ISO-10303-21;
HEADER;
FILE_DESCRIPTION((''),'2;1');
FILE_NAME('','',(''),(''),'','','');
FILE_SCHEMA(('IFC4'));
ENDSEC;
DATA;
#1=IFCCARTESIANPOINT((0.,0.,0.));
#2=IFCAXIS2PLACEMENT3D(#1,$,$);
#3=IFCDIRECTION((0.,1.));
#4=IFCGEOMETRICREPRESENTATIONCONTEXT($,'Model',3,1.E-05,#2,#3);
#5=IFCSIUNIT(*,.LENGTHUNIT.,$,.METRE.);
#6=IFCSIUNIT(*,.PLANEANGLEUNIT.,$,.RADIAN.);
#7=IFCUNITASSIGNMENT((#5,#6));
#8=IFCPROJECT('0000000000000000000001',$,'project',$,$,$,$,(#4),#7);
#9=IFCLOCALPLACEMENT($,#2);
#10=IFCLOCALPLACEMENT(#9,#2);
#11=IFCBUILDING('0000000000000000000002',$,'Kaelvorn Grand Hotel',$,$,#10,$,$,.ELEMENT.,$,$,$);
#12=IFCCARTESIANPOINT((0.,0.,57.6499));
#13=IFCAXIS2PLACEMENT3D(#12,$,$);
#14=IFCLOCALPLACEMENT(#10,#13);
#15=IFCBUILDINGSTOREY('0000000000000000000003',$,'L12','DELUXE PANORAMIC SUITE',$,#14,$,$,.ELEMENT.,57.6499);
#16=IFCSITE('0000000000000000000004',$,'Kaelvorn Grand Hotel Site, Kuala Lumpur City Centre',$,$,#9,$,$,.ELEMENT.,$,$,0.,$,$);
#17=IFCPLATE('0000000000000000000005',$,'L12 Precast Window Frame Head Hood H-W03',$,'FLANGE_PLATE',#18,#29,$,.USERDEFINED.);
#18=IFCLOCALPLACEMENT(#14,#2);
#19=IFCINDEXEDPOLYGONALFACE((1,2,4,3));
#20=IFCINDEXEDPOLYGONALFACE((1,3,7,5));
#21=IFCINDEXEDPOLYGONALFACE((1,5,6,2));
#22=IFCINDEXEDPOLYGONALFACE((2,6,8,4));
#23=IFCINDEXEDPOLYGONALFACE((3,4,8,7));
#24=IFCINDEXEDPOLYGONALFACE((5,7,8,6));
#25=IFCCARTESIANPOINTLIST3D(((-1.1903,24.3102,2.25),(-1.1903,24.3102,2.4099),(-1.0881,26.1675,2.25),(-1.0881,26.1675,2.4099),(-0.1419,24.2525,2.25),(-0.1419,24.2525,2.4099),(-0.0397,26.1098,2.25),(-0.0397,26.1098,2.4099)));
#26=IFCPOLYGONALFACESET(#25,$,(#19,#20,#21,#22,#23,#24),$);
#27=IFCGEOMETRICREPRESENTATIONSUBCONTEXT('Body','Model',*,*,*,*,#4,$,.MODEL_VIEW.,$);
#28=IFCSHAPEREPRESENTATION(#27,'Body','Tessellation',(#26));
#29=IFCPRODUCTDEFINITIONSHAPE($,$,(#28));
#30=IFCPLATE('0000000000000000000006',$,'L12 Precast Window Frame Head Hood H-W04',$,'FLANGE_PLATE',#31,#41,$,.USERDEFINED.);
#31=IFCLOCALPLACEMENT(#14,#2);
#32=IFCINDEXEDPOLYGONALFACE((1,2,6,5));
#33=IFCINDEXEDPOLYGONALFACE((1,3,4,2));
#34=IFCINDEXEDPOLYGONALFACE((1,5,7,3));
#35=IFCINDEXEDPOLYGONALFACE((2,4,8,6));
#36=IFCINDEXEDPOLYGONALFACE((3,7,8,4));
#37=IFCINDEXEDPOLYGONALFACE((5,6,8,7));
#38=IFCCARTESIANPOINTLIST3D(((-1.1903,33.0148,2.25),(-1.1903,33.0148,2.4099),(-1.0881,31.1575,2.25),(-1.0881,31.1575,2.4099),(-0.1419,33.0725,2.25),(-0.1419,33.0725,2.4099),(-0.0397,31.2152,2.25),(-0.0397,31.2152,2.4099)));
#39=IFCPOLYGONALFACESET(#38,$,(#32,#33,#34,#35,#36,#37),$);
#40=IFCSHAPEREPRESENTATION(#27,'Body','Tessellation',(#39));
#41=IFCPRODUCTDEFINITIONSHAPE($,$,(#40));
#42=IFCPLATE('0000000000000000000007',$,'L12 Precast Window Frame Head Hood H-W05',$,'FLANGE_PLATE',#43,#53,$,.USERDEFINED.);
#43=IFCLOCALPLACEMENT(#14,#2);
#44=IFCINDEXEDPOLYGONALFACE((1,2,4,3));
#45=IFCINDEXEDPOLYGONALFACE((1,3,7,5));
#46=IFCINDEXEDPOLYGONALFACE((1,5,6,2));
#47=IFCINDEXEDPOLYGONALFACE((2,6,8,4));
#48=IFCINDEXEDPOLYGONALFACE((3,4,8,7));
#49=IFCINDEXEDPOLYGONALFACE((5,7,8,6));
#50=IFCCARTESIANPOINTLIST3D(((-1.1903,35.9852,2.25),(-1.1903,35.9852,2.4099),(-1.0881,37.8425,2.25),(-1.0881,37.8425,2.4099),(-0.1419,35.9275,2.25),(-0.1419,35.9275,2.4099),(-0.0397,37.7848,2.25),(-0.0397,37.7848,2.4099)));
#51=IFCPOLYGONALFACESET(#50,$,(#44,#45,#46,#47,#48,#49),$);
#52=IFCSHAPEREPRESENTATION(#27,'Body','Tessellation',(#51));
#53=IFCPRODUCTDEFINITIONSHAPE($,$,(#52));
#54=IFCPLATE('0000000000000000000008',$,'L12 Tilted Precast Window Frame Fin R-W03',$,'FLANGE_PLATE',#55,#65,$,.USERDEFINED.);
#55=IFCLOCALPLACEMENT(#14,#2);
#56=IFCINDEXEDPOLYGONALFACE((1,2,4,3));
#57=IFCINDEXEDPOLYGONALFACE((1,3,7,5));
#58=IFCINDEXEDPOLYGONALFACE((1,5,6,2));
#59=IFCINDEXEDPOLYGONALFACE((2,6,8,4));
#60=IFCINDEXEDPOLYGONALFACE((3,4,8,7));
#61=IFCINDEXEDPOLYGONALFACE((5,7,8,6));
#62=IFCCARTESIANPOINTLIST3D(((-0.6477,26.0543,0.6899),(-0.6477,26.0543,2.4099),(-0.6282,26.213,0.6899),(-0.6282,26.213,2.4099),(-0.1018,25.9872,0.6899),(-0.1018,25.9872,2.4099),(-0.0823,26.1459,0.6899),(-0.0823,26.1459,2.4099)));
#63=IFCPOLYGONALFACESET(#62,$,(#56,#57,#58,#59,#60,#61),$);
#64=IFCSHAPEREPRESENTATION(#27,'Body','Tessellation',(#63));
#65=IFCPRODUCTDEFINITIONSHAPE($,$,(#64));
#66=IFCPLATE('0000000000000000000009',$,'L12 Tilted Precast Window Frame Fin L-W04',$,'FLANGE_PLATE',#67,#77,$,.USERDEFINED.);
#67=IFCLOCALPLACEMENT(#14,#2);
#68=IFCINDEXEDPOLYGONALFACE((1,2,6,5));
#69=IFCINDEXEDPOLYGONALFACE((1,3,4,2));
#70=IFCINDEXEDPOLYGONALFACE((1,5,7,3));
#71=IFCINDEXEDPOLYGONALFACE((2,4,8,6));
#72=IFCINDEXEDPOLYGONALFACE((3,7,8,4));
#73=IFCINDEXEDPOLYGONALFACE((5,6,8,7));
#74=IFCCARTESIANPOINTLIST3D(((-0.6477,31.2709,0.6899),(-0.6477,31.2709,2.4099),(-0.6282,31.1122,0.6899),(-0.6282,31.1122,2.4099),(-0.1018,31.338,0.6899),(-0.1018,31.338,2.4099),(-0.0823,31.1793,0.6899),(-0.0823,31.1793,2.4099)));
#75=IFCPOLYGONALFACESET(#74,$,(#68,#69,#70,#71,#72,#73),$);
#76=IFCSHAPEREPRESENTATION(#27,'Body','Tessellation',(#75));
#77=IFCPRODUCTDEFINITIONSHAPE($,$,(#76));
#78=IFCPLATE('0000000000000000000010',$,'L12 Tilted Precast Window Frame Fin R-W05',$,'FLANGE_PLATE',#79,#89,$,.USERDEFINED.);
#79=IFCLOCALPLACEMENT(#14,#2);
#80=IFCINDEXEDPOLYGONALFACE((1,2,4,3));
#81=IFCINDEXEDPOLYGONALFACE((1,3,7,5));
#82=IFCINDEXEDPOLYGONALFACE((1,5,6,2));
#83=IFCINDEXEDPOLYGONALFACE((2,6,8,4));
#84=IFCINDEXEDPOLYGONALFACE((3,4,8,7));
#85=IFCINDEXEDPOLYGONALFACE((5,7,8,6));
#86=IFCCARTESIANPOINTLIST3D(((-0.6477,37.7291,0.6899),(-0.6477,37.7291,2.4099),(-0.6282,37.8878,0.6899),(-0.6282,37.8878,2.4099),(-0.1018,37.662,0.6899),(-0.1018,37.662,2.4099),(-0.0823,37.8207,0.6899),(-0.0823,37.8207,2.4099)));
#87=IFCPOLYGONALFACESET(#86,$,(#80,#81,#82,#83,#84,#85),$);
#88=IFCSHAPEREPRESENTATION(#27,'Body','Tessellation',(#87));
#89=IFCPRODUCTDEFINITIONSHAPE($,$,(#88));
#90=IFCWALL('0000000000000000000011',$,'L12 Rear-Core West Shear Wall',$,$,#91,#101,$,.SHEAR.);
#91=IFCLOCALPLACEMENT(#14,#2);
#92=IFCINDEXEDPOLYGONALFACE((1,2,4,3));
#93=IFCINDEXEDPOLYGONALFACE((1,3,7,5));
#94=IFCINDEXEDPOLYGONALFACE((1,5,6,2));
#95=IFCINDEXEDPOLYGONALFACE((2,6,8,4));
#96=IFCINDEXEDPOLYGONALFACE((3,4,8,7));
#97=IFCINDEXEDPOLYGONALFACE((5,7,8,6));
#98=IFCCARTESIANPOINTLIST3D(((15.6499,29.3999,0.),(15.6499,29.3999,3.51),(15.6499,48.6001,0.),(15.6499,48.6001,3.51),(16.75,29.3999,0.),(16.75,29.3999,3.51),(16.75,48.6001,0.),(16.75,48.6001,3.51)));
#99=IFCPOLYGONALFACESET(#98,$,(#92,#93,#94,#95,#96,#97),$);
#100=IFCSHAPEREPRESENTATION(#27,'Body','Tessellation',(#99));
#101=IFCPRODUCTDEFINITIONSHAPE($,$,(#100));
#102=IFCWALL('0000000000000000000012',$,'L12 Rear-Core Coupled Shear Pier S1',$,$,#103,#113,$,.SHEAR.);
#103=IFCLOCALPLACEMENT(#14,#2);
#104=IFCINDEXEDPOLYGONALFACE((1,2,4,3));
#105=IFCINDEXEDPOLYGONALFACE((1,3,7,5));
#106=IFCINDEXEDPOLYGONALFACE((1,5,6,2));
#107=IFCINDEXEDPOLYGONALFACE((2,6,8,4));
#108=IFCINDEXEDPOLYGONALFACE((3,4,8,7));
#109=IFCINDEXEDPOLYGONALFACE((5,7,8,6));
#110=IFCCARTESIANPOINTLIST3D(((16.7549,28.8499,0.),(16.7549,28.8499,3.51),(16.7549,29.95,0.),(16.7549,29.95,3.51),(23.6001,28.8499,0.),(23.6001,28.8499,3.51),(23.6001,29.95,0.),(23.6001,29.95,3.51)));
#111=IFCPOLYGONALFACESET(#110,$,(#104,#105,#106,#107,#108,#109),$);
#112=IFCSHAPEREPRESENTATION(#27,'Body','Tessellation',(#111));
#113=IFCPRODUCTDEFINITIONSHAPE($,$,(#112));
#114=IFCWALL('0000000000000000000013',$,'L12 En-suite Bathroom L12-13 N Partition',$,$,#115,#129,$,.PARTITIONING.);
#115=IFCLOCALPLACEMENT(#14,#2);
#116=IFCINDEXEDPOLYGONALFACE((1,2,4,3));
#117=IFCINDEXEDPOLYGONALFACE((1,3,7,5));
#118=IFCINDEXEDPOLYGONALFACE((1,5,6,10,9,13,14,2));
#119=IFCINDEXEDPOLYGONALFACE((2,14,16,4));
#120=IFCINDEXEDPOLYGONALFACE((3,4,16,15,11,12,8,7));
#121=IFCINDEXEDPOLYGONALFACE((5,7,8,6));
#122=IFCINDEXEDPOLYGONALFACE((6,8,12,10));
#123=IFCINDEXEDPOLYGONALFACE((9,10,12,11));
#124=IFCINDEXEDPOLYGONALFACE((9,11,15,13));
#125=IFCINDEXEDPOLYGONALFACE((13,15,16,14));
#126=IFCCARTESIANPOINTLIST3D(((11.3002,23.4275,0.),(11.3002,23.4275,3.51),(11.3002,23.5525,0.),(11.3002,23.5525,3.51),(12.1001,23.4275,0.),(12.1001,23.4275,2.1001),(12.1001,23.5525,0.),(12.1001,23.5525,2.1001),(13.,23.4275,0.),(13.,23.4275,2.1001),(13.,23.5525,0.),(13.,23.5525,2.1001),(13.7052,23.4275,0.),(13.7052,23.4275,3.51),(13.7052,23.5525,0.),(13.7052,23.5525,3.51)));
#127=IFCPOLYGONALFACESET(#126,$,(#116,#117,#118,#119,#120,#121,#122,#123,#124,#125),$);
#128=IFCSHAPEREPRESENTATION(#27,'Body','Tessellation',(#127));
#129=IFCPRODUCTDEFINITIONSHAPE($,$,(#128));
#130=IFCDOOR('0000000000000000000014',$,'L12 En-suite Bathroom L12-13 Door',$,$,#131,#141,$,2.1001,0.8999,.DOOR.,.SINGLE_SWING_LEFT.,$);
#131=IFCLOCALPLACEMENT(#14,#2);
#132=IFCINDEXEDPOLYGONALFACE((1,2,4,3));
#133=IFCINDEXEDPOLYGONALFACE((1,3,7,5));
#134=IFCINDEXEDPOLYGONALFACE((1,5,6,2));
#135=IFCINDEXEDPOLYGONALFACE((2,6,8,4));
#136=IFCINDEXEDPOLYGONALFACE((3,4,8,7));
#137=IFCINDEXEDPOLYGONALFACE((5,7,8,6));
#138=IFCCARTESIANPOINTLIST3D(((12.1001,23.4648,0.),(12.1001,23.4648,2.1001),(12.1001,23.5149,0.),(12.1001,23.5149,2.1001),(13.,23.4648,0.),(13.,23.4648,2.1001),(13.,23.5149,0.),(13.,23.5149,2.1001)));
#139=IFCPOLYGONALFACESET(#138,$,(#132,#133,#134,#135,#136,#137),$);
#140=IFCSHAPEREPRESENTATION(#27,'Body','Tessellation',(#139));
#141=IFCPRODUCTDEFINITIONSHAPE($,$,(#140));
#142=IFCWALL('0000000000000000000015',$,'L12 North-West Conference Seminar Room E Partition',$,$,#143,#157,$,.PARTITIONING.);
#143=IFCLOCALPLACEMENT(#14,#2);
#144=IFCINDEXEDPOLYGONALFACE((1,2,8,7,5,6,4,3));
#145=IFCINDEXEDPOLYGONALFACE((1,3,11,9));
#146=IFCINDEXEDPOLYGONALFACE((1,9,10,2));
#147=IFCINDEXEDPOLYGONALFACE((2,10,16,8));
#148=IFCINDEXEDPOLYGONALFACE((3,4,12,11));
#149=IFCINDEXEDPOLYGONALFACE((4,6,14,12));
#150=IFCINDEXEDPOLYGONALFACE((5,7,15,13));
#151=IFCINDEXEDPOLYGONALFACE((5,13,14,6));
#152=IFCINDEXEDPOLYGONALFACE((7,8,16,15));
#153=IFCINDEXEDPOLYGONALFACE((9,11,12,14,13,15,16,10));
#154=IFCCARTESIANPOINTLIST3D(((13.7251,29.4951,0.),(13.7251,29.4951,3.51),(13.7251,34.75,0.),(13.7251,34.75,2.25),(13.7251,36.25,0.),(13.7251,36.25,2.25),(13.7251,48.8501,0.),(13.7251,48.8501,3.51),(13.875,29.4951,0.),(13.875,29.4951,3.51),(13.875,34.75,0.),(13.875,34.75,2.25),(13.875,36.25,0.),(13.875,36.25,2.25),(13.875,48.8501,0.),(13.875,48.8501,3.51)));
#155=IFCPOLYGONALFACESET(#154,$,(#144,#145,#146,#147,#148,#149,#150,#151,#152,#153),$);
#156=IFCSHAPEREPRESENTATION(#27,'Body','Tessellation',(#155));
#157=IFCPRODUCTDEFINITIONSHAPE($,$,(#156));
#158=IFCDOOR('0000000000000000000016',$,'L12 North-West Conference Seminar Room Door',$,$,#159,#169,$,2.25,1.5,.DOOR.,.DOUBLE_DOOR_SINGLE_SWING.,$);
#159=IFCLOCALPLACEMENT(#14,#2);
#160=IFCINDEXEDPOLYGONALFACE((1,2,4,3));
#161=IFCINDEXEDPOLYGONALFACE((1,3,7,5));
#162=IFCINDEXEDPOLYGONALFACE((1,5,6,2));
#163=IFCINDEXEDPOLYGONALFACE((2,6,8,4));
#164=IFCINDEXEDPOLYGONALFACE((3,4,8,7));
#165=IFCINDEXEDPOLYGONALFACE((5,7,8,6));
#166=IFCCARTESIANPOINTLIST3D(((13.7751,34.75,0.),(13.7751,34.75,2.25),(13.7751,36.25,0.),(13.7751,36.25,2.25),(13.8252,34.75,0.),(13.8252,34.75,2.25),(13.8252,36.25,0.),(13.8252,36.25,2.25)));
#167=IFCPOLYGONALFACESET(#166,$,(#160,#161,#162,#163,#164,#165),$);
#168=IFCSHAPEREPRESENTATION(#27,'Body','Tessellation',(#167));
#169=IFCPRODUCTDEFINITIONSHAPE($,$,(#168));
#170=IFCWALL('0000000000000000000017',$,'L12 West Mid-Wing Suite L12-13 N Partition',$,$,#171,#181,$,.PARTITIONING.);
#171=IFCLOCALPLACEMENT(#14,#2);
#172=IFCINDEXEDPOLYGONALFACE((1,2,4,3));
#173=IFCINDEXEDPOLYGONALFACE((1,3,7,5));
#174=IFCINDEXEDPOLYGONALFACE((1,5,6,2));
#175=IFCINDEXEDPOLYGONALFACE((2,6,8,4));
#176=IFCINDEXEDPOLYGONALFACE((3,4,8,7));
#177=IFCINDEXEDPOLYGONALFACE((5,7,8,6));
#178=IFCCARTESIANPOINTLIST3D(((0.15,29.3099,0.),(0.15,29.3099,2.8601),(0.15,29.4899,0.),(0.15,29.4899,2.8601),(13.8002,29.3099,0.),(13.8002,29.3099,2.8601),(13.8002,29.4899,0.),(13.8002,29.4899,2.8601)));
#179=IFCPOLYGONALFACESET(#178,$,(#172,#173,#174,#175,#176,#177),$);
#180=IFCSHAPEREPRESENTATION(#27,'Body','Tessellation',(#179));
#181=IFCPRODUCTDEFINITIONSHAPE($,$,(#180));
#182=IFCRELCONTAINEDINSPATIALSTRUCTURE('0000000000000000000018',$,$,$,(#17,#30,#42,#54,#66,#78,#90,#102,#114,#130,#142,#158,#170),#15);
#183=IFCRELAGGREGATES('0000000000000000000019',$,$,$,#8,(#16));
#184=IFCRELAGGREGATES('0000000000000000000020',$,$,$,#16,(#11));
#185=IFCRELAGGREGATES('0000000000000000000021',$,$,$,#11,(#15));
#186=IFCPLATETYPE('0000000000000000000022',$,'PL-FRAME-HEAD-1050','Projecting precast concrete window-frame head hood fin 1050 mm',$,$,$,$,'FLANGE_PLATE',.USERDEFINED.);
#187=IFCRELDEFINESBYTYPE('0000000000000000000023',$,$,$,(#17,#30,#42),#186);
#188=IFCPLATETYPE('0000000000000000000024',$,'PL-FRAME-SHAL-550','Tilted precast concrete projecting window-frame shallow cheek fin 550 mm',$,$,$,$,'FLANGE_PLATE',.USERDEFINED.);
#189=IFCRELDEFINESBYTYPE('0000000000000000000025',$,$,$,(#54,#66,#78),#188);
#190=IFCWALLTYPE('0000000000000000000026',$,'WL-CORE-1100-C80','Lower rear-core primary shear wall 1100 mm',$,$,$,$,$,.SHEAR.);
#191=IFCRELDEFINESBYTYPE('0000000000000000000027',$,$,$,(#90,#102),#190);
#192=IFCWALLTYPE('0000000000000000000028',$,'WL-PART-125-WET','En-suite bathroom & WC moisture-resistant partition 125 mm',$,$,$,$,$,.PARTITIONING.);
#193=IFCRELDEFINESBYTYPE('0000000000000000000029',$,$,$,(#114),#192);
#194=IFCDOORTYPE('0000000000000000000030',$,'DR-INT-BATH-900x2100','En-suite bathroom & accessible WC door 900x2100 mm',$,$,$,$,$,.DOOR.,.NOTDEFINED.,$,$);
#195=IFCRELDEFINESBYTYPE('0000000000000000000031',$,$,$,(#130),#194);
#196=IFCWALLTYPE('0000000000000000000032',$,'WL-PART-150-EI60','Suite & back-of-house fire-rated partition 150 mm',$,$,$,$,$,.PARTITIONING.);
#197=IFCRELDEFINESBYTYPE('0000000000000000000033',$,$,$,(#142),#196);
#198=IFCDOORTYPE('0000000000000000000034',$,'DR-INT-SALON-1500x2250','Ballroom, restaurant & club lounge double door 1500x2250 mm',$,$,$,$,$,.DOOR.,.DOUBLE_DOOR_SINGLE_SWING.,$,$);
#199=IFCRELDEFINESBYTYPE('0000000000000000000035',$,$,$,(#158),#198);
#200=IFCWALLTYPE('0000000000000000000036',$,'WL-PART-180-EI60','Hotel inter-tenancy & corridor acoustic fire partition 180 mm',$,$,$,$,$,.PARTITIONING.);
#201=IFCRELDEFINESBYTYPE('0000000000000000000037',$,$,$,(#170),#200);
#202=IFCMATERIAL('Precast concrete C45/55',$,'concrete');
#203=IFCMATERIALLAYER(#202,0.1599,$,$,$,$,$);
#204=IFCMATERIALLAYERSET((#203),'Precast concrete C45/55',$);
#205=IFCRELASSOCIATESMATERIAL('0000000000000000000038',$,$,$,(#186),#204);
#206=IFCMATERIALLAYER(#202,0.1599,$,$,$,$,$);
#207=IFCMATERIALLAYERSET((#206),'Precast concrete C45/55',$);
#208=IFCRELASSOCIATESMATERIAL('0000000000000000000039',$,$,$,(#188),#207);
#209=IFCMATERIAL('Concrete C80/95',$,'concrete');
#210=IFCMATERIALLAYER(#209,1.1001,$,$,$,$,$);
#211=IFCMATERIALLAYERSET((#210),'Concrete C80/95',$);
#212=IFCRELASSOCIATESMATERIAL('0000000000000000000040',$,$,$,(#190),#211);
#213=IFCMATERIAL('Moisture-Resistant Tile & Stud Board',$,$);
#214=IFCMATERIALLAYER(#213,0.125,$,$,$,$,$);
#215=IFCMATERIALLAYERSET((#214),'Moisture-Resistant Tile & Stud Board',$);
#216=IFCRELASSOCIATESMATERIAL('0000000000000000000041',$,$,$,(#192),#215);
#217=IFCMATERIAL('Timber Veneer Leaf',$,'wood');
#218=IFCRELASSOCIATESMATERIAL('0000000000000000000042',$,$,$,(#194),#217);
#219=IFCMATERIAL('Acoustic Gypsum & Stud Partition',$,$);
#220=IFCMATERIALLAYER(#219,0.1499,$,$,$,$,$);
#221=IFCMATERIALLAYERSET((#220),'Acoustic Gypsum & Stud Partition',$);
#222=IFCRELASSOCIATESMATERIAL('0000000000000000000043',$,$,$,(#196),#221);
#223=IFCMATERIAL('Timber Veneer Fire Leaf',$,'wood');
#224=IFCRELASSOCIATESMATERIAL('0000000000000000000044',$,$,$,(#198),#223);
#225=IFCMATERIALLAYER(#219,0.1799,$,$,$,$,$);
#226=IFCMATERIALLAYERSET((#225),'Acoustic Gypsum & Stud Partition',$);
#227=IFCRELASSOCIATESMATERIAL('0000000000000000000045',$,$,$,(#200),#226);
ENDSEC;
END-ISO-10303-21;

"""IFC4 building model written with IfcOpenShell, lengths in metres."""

from ifc_helpers import new_model, si_unit, direction, frame, frame_2d, origin, origin_2d, place, context, subcontext, project, spatial, rectangle, extrude, material, layer, layer_set, type_object, element, fill, save


model = new_model("IFC4")

# Units and contexts
model_context = context("Model", 3, precision=1e-05, world=origin(), true_north=direction((0.0, 1.0)))
body_context = subcontext(model_context, "Body", "Model", "MODEL_VIEW")
ifc_project = project(units=[si_unit("LENGTHUNIT", "METRE"), si_unit("PLANEANGLEUNIT", "RADIAN")], contexts=[model_context])

# Site, building, storey
site_placement = place(None, origin())
site = spatial("IfcSite", under=ifc_project, at=site_placement, Name="Kaelvorn Grand Hotel Site, Kuala Lumpur City Centre", CompositionType="ELEMENT", RefElevation=0.0)
building_placement = place(site_placement, origin())
building = spatial("IfcBuilding", under=site, at=building_placement, Name="Kaelvorn Grand Hotel", CompositionType="ELEMENT")
storey_placement = place(building_placement, frame((0.0, 0.0, 57.6499)))
storey = spatial("IfcBuildingStorey", under=building, at=storey_placement, Name="L12", Description="DELUXE PANORAMIC SUITE", CompositionType="ELEMENT", Elevation=57.6499)

# Shared definitions
ifc_material_1 = material(Name="Concrete C80/95", Category="concrete")

# Plates
ifc_material_2 = material(Name="Precast concrete C45/55", Category="concrete")
ifc_layer_1 = layer(ifc_material_2, 0.1599)
ifc_layer_set_1 = layer_set([ifc_layer_1], Name="Precast concrete C45/55")
plate_type_1 = type_object("IfcPlateType", Name="PL-FRAME-HEAD-1050", Description="Projecting precast concrete window-frame head hood fin 1050 mm", ElementType="FLANGE_PLATE", PredefinedType="USERDEFINED", material=ifc_layer_set_1)
for number, where, z_axis, x_axis, name in (
    (1, (-0.615, 25.21, 2.25), (0.0, 0.0, 1.0), (0.05495, 0.998489, 0.0), "L12 Precast Window Frame Head Hood H-W03"),
    (2, (-0.615, 32.115, 2.25), (0.0, 0.0, 1.0), (-0.05495, 0.998489, 0.0), "L12 Precast Window Frame Head Hood H-W04"),
    (3, (-0.615, 36.885, 2.25), (0.0, 0.0, 1.0), (0.05495, 0.998489, 0.0), "L12 Precast Window Frame Head Hood H-W05"),
):
    element("IfcPlate", number, at=place(storey_placement, frame(where, z_axis=z_axis, x_axis=x_axis)), inside=storey, type_object=plate_type_1, Name=name, ObjectType="FLANGE_PLATE", PredefinedType="USERDEFINED", context=body_context, shape_type="SweptSolid", body=[
        extrude(rectangle(XDim=1.8601, YDim=1.05, at=origin_2d()), origin(), (0.0, 0.0, 1.0), 0.1599),
    ])
ifc_layer_2 = layer(ifc_material_2, 0.1599)
ifc_layer_set_2 = layer_set([ifc_layer_2], Name="Precast concrete C45/55")
plate_type_2 = type_object("IfcPlateType", Name="PL-FRAME-SHAL-550", Description="Tilted precast concrete projecting window-frame shallow cheek fin 550 mm", ElementType="FLANGE_PLATE", PredefinedType="USERDEFINED", material=ifc_layer_set_2)
for number, where, z_axis, x_axis, name in (
    (4, (-0.365, 26.1001, 0.6899), (0.0, 0.0, 1.0), (0.121869, 0.992546, 0.0), "L12 Tilted Precast Window Frame Fin R-W03"),
    (5, (-0.365, 31.2251, 0.6899), (0.0, 0.0, 1.0), (-0.121869, 0.992546, 0.0), "L12 Tilted Precast Window Frame Fin L-W04"),
    (6, (-0.365, 37.7749, 0.6899), (0.0, 0.0, 1.0), (0.121869, 0.992546, 0.0), "L12 Tilted Precast Window Frame Fin R-W05"),
):
    element("IfcPlate", number, at=place(storey_placement, frame(where, z_axis=z_axis, x_axis=x_axis)), inside=storey, type_object=plate_type_2, Name=name, ObjectType="FLANGE_PLATE", PredefinedType="USERDEFINED", context=body_context, shape_type="SweptSolid", body=[
        extrude(rectangle(XDim=0.1599, YDim=0.55, at=origin_2d()), origin(), (0.0, 0.0, 1.0), 1.72),
    ])

# Walls
ifc_layer_3 = layer(ifc_material_1, 1.1001)
ifc_layer_set_3 = layer_set([ifc_layer_3], Name="Concrete C80/95")
wall_type_1 = type_object("IfcWallType", Name="WL-CORE-1100-C80", Description="Lower rear-core primary shear wall 1100 mm", PredefinedType="SHEAR", material=ifc_layer_set_3)
wall_1_placement = place(storey_placement, frame((16.2, 29.3999, 0.0), z_axis=(0.0, 0.0, 1.0), x_axis=(0.0, 1.0, 0.0)))
element("IfcWall", 7, at=wall_1_placement, inside=storey, type_object=wall_type_1, Name="L12 Rear-Core West Shear Wall", PredefinedType="SHEAR", context=body_context, shape_type="SweptSolid", body=[
    extrude(rectangle(XDim=19.2002, YDim=1.1001, at=frame_2d((9.6001, 0.0))), origin(), (0.0, 0.0, 1.0), 3.51),
])
wall_2_placement = place(storey_placement, frame((16.7549, 29.3999, 0.0), z_axis=(0.0, 0.0, 1.0), x_axis=(1.0, 0.0, 0.0)))
element("IfcWall", 8, at=wall_2_placement, inside=storey, type_object=wall_type_1, Name="L12 Rear-Core Coupled Shear Pier S1", PredefinedType="SHEAR", context=body_context, shape_type="SweptSolid", body=[
    extrude(rectangle(XDim=6.8452, YDim=1.1001, at=frame_2d((3.4226, 0.0))), origin(), (0.0, 0.0, 1.0), 3.51),
])

# Walls, openings, doors
ifc_material_3 = material(Name="Moisture-Resistant Tile & Stud Board")
ifc_layer_4 = layer(ifc_material_3, 0.125)
ifc_layer_set_4 = layer_set([ifc_layer_4], Name="Moisture-Resistant Tile & Stud Board")
wall_type_2 = type_object("IfcWallType", Name="WL-PART-125-WET", Description="En-suite bathroom & WC moisture-resistant partition 125 mm", PredefinedType="PARTITIONING", material=ifc_layer_set_4)
wall_3_placement = place(storey_placement, frame((11.3, 23.49, 0.0), z_axis=(0.0, 0.0, 1.0), x_axis=(1.0, 0.0, 0.0)))
wall_3 = element("IfcWall", 9, at=wall_3_placement, inside=storey, type_object=wall_type_2, Name="L12 En-suite Bathroom L12-13 N Partition", PredefinedType="PARTITIONING", context=body_context, shape_type="SweptSolid", body=[
    extrude(rectangle(XDim=2.405, YDim=0.125, at=frame_2d((1.2026, 0.0))), origin(), (0.0, 0.0, 1.0), 3.51),
])
opening_1_placement = place(wall_3_placement, frame((0.8, 0.0, 0.0)))
opening_1 = element("IfcOpeningElement", 10, at=opening_1_placement, cuts=wall_3, PredefinedType="OPENING", context=body_context, shape_type="SweptSolid", body=[
    extrude(rectangle(XDim=0.8999, YDim=2.1001, at=frame_2d((0.45, 1.05))), frame((0.0, 0.0725, 0.0), z_axis=(0.0, -1.0, 0.0), x_axis=(1.0, 0.0, 0.0)), (0.0, 0.0, 1.0), 0.145),
])
ifc_material_4 = material(Name="Timber Veneer Leaf", Category="wood")
door_type_1 = type_object("IfcDoorType", Name="DR-INT-BATH-900x2100", Description="En-suite bathroom & accessible WC door 900x2100 mm", OperationType="NOTDEFINED", PredefinedType="DOOR", material=ifc_material_4)
door_1_placement = place(opening_1_placement, origin())
door_1 = element("IfcDoor", 11, at=door_1_placement, inside=storey, type_object=door_type_1, Name="L12 En-suite Bathroom L12-13 Door", OperationType="SINGLE_SWING_LEFT", OverallHeight=2.1001, OverallWidth=0.8999, PredefinedType="DOOR", context=body_context, shape_type="SweptSolid", body=[
    extrude(rectangle(XDim=0.8999, YDim=2.1001, at=frame_2d((0.45, 1.05))), frame((0.0, 0.0249, 0.0), z_axis=(0.0, -1.0, 0.0), x_axis=(1.0, 0.0, 0.0)), (0.0, 0.0, 1.0), 0.05),
])
fill(opening_1, door_1)
ifc_material_5 = material(Name="Acoustic Gypsum & Stud Partition")
ifc_layer_5 = layer(ifc_material_5, 0.1499)
ifc_layer_set_5 = layer_set([ifc_layer_5], Name="Acoustic Gypsum & Stud Partition")
wall_type_3 = type_object("IfcWallType", Name="WL-PART-150-EI60", Description="Suite & back-of-house fire-rated partition 150 mm", PredefinedType="PARTITIONING", material=ifc_layer_set_5)
wall_4_placement = place(storey_placement, frame((13.8, 29.4951, 0.0), z_axis=(0.0, 0.0, 1.0), x_axis=(0.0, 1.0, 0.0)))
wall_4 = element("IfcWall", 12, at=wall_4_placement, inside=storey, type_object=wall_type_3, Name="L12 North-West Conference Seminar Room E Partition", PredefinedType="PARTITIONING", context=body_context, shape_type="SweptSolid", body=[
    extrude(rectangle(XDim=19.355, YDim=0.1499, at=frame_2d((9.6775, 0.0))), origin(), (0.0, 0.0, 1.0), 3.51),
])
opening_2_placement = place(wall_4_placement, frame((5.2549, 0.0, 0.0)))
opening_2 = element("IfcOpeningElement", 13, at=opening_2_placement, cuts=wall_4, PredefinedType="OPENING", context=body_context, shape_type="SweptSolid", body=[
    extrude(rectangle(XDim=1.5, YDim=2.25, at=frame_2d((0.75, 1.125))), frame((0.0, 0.085, 0.0), z_axis=(0.0, -1.0, 0.0), x_axis=(1.0, 0.0, 0.0)), (0.0, 0.0, 1.0), 0.1699),
])
ifc_material_6 = material(Name="Timber Veneer Fire Leaf", Category="wood")
door_type_2 = type_object("IfcDoorType", Name="DR-INT-SALON-1500x2250", Description="Ballroom, restaurant & club lounge double door 1500x2250 mm", OperationType="DOUBLE_DOOR_SINGLE_SWING", PredefinedType="DOOR", material=ifc_material_6)
door_2_placement = place(opening_2_placement, origin())
door_2 = element("IfcDoor", 14, at=door_2_placement, inside=storey, type_object=door_type_2, Name="L12 North-West Conference Seminar Room Door", OperationType="DOUBLE_DOOR_SINGLE_SWING", OverallHeight=2.25, OverallWidth=1.5, PredefinedType="DOOR", context=body_context, shape_type="SweptSolid", body=[
    extrude(rectangle(XDim=1.5, YDim=2.25, at=frame_2d((0.75, 1.125))), frame((0.0, 0.0249, 0.0), z_axis=(0.0, -1.0, 0.0), x_axis=(1.0, 0.0, 0.0)), (0.0, 0.0, 1.0), 0.05),
])
fill(opening_2, door_2)

# Wall
ifc_layer_6 = layer(ifc_material_5, 0.1799)
ifc_layer_set_6 = layer_set([ifc_layer_6], Name="Acoustic Gypsum & Stud Partition")
wall_type_4 = type_object("IfcWallType", Name="WL-PART-180-EI60", Description="Hotel inter-tenancy & corridor acoustic fire partition 180 mm", PredefinedType="PARTITIONING", material=ifc_layer_set_6)
wall_5_placement = place(storey_placement, frame((0.1499, 29.3999, 0.0), z_axis=(0.0, 0.0, 1.0), x_axis=(1.0, 0.0, 0.0)))
element("IfcWall", 15, at=wall_5_placement, inside=storey, type_object=wall_type_4, Name="L12 West Mid-Wing Suite L12-13 N Partition", PredefinedType="PARTITIONING", context=body_context, shape_type="SweptSolid", body=[
    extrude(rectangle(XDim=13.6501, YDim=0.1799, at=frame_2d((6.8252, 0.0))), origin(), (0.0, 0.0, 1.0), 2.8601),
])

save(model, "model.ifc")
